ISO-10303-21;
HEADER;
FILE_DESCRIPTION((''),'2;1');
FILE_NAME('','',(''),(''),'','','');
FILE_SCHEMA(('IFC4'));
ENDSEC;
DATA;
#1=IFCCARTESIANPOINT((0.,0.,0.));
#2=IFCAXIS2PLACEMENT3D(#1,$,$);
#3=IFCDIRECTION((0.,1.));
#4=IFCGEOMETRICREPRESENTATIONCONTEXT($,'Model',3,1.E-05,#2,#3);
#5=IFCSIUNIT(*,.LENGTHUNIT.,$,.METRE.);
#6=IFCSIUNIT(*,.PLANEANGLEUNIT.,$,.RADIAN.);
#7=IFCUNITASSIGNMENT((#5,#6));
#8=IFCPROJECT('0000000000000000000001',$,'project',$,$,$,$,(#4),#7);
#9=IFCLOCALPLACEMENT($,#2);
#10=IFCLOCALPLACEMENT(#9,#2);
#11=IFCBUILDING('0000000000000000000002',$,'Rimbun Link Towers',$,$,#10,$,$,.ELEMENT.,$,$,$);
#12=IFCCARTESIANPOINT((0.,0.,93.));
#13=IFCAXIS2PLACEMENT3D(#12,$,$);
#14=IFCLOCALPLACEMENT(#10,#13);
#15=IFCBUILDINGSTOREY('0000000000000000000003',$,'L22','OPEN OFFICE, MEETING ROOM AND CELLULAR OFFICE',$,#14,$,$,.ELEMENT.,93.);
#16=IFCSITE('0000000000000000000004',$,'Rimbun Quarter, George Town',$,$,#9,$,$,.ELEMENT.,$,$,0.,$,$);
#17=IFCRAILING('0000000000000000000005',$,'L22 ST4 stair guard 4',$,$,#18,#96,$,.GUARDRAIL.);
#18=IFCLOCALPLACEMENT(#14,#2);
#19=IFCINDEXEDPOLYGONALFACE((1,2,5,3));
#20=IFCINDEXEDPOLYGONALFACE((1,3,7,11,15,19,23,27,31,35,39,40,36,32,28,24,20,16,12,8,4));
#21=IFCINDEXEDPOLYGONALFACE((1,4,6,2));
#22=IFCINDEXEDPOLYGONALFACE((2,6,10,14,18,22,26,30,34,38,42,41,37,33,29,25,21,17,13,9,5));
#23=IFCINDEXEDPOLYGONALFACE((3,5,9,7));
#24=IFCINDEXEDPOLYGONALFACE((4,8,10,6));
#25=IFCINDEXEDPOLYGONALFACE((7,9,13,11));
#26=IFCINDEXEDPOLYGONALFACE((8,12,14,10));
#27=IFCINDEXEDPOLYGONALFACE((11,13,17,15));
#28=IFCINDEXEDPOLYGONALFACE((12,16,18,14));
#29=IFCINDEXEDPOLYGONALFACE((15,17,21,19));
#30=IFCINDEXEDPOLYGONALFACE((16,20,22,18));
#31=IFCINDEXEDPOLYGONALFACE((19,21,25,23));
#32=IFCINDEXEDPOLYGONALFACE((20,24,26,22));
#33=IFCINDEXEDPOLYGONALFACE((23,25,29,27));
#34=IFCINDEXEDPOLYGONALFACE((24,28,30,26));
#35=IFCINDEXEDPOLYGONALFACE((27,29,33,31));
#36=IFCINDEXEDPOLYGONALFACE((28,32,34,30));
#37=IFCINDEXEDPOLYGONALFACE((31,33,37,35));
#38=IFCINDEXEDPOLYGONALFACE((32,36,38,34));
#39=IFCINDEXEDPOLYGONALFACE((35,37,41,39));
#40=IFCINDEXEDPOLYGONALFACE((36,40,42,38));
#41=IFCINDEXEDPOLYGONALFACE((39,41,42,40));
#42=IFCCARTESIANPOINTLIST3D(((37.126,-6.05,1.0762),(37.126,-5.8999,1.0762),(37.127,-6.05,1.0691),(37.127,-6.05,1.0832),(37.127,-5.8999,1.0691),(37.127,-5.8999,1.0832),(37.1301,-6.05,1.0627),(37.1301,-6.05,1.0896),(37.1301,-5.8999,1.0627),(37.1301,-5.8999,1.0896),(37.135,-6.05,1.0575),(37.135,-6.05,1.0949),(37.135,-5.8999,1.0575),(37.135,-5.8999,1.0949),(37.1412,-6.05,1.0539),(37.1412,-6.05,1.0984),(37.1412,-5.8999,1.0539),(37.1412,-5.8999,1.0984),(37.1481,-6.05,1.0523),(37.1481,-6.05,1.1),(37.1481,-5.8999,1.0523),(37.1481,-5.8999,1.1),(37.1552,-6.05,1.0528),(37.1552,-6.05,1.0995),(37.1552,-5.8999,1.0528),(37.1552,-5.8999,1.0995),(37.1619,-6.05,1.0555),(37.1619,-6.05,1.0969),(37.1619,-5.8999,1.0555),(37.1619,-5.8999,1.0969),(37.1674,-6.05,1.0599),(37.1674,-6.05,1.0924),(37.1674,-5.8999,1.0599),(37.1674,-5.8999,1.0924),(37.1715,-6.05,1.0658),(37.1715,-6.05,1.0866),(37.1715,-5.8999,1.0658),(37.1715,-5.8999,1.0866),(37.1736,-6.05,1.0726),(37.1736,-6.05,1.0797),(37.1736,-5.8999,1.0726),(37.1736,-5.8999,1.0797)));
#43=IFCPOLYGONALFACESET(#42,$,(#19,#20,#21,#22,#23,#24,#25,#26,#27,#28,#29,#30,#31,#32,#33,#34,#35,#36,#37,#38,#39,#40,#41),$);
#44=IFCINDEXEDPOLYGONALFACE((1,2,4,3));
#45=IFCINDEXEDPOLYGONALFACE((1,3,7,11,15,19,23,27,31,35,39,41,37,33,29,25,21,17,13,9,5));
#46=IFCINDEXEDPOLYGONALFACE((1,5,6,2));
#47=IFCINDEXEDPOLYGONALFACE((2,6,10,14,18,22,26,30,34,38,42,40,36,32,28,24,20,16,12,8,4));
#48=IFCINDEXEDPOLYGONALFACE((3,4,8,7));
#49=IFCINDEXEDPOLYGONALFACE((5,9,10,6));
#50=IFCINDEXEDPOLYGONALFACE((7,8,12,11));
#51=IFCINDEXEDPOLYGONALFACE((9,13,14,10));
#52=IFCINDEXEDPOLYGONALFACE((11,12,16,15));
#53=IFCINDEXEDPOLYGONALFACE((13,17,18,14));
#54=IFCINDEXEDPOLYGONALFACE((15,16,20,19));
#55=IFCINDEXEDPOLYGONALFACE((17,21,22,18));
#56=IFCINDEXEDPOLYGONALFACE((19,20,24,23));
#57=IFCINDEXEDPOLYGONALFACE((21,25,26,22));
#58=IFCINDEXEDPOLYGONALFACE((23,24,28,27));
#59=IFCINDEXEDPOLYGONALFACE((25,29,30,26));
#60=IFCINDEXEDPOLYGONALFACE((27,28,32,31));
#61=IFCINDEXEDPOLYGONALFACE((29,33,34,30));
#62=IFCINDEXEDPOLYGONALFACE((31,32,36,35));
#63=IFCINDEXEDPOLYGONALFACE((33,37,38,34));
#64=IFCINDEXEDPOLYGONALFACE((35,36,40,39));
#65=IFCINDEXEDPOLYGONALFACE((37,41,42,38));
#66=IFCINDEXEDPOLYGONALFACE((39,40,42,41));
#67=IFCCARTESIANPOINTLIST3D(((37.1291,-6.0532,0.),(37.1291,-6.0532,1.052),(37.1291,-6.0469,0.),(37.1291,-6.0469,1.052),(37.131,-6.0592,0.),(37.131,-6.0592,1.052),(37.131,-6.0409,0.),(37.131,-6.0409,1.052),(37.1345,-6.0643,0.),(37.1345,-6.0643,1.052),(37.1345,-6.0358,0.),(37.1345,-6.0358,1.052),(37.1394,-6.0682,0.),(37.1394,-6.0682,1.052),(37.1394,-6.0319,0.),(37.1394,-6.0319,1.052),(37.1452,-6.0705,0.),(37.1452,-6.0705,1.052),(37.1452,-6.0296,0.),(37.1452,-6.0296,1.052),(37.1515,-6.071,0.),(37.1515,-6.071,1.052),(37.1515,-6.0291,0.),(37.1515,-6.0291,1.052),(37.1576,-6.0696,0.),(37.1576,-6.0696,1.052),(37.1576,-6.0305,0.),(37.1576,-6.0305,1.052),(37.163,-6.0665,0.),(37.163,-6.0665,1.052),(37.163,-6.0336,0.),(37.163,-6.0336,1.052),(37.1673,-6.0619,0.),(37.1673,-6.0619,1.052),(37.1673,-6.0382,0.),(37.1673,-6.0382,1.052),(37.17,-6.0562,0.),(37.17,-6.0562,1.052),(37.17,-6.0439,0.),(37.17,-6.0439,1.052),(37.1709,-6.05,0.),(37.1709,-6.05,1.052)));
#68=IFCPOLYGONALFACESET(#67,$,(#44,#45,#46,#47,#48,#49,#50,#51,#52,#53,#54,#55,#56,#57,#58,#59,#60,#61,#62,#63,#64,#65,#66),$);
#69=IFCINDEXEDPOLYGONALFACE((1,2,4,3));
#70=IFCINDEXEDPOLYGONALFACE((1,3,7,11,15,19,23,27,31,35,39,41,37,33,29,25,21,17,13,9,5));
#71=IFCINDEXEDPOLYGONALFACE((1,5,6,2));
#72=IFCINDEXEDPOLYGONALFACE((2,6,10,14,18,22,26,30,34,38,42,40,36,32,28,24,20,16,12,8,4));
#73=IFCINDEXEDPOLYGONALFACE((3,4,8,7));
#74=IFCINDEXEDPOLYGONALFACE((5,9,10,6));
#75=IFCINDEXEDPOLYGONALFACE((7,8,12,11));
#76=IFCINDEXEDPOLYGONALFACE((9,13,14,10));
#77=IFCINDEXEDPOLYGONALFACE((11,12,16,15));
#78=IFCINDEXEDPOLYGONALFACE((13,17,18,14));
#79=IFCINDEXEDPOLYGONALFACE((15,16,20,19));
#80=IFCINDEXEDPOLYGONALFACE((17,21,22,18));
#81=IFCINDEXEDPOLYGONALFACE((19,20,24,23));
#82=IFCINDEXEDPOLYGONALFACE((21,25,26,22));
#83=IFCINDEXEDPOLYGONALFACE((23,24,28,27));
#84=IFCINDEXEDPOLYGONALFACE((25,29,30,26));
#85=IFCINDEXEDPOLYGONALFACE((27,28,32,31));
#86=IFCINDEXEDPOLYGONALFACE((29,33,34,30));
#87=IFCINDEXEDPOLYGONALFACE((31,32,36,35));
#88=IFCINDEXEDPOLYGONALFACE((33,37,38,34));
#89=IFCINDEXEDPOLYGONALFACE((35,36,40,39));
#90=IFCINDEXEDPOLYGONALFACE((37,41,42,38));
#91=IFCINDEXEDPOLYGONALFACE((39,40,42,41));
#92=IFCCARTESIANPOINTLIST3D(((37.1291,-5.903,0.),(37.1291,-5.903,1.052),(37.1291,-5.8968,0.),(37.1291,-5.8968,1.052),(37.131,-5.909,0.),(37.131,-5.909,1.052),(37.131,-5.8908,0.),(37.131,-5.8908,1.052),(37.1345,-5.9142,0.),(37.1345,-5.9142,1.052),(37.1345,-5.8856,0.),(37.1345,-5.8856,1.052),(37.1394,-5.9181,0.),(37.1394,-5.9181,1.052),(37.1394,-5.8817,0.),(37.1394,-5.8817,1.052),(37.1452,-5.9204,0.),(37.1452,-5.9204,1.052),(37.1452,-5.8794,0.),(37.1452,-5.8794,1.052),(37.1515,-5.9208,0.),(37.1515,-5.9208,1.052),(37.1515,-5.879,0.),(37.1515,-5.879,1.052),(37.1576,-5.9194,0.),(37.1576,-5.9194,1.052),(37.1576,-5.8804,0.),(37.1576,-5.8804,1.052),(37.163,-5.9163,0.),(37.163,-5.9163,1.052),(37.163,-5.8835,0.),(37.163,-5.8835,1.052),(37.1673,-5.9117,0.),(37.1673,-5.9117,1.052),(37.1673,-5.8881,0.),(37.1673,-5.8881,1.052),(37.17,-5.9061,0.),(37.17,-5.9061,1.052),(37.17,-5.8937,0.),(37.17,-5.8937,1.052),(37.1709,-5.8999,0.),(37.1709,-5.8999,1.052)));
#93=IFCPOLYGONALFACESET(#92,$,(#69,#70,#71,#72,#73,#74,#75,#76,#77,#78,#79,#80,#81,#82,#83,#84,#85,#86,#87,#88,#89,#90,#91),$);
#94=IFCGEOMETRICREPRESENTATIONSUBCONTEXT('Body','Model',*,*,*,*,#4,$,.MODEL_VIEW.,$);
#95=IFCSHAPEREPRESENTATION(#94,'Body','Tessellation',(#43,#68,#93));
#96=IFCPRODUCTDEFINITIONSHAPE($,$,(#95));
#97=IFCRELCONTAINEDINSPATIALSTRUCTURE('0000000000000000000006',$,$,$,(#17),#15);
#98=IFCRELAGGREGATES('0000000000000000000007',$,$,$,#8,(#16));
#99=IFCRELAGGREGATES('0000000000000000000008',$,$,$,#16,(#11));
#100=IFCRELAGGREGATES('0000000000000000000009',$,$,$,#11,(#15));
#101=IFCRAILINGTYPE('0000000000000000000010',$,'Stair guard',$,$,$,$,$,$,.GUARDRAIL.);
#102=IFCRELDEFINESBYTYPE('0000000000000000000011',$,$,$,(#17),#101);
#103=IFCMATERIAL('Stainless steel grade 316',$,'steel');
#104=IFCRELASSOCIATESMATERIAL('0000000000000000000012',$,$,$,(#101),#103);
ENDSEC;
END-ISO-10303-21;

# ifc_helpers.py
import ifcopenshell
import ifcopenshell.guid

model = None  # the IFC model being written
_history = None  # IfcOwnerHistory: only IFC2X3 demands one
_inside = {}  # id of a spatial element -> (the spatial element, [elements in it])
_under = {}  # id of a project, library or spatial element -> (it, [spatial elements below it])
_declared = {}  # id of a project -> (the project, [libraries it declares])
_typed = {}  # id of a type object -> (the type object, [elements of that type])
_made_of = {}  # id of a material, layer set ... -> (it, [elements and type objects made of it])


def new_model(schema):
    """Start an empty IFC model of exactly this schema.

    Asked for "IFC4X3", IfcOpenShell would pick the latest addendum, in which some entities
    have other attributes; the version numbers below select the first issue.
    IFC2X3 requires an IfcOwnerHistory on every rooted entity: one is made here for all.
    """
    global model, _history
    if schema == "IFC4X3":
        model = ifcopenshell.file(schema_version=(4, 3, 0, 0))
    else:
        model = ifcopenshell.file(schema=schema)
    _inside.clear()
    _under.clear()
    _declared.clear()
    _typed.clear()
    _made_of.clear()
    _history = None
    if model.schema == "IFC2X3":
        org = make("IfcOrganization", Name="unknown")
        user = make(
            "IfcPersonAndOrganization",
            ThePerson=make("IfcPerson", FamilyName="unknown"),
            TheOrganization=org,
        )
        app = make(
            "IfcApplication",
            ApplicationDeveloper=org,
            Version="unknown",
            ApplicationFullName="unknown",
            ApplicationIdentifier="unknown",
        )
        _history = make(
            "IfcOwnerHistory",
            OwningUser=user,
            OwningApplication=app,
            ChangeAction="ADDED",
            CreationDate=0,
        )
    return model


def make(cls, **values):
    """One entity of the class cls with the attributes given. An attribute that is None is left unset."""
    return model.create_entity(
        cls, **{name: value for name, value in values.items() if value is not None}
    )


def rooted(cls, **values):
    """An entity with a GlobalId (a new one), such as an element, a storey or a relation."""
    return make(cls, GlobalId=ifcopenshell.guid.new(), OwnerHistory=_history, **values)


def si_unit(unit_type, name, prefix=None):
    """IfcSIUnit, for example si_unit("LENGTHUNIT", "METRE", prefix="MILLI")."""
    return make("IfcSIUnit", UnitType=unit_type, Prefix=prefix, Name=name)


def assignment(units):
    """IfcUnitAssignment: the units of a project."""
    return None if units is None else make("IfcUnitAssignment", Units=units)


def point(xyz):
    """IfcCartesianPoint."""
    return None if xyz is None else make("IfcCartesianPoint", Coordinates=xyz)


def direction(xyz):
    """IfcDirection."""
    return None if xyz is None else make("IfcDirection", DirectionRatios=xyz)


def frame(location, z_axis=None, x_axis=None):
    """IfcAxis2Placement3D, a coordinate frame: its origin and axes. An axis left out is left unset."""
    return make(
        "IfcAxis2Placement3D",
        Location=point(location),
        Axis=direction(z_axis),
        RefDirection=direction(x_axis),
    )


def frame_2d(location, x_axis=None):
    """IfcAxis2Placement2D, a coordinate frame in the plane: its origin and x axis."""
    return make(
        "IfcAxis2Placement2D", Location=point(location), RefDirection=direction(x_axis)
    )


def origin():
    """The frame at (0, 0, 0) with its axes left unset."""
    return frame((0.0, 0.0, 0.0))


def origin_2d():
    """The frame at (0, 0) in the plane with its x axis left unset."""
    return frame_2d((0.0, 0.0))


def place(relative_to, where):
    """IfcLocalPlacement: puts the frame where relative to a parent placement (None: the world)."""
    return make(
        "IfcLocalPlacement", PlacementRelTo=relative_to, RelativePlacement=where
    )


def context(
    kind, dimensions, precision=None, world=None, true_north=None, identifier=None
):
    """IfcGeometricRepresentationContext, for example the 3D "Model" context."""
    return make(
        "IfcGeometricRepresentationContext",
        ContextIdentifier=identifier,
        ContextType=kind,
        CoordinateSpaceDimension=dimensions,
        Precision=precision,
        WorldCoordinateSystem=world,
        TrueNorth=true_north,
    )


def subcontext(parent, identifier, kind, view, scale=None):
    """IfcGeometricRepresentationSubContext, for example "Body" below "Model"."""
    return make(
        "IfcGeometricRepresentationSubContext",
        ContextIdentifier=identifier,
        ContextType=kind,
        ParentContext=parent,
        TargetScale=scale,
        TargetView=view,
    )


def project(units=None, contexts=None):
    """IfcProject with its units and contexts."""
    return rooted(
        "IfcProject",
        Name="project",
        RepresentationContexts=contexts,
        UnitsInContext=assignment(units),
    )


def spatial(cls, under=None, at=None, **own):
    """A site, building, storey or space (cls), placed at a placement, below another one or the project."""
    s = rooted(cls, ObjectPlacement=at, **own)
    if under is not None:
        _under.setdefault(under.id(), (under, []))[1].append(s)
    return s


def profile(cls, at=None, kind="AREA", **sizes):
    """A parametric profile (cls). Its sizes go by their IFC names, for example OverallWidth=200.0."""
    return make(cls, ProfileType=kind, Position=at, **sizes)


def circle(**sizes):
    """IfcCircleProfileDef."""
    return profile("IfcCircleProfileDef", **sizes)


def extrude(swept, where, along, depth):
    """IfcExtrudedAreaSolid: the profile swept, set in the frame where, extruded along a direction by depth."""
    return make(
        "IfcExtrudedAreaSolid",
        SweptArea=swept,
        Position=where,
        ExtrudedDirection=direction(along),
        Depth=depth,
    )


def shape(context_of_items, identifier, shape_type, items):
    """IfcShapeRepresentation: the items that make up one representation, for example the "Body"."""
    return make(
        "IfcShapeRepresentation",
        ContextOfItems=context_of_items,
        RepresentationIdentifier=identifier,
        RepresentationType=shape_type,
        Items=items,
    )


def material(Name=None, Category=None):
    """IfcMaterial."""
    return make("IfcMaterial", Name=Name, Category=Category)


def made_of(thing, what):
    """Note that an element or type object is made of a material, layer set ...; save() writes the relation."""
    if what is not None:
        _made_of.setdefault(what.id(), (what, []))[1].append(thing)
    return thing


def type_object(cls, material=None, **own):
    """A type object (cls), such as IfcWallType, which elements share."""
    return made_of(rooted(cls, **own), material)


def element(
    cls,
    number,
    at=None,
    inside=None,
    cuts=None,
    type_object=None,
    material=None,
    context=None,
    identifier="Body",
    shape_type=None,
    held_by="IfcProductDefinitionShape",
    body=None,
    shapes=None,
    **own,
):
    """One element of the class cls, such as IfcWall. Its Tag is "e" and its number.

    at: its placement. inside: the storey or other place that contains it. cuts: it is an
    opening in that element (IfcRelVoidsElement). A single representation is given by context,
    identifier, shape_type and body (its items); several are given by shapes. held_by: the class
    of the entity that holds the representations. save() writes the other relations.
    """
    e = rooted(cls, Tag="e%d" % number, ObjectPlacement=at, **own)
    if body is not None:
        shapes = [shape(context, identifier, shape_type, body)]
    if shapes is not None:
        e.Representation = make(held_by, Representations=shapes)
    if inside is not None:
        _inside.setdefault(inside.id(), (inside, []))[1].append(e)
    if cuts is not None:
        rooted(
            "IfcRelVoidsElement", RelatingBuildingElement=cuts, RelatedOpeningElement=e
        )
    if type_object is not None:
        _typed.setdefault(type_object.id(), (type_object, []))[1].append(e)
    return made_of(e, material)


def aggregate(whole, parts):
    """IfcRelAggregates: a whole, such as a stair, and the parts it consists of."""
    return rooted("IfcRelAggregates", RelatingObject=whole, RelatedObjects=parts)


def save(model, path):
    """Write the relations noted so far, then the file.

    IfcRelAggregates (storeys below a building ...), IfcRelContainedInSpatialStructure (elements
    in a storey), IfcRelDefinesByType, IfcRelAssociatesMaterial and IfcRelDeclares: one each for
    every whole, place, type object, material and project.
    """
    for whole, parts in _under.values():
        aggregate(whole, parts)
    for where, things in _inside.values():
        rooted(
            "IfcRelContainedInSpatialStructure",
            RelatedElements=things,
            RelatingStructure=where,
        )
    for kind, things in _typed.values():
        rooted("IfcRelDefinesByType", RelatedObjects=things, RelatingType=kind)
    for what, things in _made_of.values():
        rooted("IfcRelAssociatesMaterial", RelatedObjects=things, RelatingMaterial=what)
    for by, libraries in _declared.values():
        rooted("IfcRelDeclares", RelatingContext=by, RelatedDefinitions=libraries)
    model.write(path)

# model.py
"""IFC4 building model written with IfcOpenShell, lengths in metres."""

from ifc_helpers import new_model, si_unit, direction, frame, origin, origin_2d, place, context, subcontext, project, spatial, circle, extrude, material, type_object, element, save


model = new_model("IFC4")

# Units and contexts
model_context = context("Model", 3, precision=1e-05, world=origin(), true_north=direction((0.0, 1.0)))
body_context = subcontext(model_context, "Body", "Model", "MODEL_VIEW")
ifc_project = project(units=[si_unit("LENGTHUNIT", "METRE"), si_unit("PLANEANGLEUNIT", "RADIAN")], contexts=[model_context])

# Site, building, storey
site_placement = place(None, origin())
site = spatial("IfcSite", under=ifc_project, at=site_placement, Name="Rimbun Quarter, George Town", CompositionType="ELEMENT", RefElevation=0.0)
building_placement = place(site_placement, origin())
building = spatial("IfcBuilding", under=site, at=building_placement, Name="Rimbun Link Towers", CompositionType="ELEMENT")
storey_placement = place(building_placement, frame((0.0, 0.0, 93.0)))
storey = spatial("IfcBuildingStorey", under=building, at=storey_placement, Name="L22", Description="OPEN OFFICE, MEETING ROOM AND CELLULAR OFFICE", CompositionType="ELEMENT", Elevation=93.0)

# Railing
ifc_material_1 = material(Name="Stainless steel grade 316", Category="steel")
railing_type_1 = type_object("IfcRailingType", Name="Stair guard", PredefinedType="GUARDRAIL", material=ifc_material_1)
railing_1_placement = place(storey_placement, frame((37.1499, -6.05, 0.0)))
element("IfcRailing", 1, at=railing_1_placement, inside=storey, type_object=railing_type_1, Name="L22 ST4 stair guard 4", PredefinedType="GUARDRAIL", context=body_context, shape_type="SweptSolid", body=[
    extrude(circle(Radius=0.0239, at=origin_2d()), frame((0.0, 0.0, 1.0762), z_axis=(0.0, 1.0, 0.0), x_axis=(-1.0, 0.0, 0.0)), (0.0, 0.0, 1.0), 0.1501),
    extrude(circle(Radius=0.021, at=origin_2d()), origin(), (0.0, 0.0, 1.0), 1.052),
    extrude(circle(Radius=0.021, at=origin_2d()), frame((0.0, 0.1501, 0.0)), (0.0, 0.0, 1.0), 1.052),
])

save(model, "model.ifc")
